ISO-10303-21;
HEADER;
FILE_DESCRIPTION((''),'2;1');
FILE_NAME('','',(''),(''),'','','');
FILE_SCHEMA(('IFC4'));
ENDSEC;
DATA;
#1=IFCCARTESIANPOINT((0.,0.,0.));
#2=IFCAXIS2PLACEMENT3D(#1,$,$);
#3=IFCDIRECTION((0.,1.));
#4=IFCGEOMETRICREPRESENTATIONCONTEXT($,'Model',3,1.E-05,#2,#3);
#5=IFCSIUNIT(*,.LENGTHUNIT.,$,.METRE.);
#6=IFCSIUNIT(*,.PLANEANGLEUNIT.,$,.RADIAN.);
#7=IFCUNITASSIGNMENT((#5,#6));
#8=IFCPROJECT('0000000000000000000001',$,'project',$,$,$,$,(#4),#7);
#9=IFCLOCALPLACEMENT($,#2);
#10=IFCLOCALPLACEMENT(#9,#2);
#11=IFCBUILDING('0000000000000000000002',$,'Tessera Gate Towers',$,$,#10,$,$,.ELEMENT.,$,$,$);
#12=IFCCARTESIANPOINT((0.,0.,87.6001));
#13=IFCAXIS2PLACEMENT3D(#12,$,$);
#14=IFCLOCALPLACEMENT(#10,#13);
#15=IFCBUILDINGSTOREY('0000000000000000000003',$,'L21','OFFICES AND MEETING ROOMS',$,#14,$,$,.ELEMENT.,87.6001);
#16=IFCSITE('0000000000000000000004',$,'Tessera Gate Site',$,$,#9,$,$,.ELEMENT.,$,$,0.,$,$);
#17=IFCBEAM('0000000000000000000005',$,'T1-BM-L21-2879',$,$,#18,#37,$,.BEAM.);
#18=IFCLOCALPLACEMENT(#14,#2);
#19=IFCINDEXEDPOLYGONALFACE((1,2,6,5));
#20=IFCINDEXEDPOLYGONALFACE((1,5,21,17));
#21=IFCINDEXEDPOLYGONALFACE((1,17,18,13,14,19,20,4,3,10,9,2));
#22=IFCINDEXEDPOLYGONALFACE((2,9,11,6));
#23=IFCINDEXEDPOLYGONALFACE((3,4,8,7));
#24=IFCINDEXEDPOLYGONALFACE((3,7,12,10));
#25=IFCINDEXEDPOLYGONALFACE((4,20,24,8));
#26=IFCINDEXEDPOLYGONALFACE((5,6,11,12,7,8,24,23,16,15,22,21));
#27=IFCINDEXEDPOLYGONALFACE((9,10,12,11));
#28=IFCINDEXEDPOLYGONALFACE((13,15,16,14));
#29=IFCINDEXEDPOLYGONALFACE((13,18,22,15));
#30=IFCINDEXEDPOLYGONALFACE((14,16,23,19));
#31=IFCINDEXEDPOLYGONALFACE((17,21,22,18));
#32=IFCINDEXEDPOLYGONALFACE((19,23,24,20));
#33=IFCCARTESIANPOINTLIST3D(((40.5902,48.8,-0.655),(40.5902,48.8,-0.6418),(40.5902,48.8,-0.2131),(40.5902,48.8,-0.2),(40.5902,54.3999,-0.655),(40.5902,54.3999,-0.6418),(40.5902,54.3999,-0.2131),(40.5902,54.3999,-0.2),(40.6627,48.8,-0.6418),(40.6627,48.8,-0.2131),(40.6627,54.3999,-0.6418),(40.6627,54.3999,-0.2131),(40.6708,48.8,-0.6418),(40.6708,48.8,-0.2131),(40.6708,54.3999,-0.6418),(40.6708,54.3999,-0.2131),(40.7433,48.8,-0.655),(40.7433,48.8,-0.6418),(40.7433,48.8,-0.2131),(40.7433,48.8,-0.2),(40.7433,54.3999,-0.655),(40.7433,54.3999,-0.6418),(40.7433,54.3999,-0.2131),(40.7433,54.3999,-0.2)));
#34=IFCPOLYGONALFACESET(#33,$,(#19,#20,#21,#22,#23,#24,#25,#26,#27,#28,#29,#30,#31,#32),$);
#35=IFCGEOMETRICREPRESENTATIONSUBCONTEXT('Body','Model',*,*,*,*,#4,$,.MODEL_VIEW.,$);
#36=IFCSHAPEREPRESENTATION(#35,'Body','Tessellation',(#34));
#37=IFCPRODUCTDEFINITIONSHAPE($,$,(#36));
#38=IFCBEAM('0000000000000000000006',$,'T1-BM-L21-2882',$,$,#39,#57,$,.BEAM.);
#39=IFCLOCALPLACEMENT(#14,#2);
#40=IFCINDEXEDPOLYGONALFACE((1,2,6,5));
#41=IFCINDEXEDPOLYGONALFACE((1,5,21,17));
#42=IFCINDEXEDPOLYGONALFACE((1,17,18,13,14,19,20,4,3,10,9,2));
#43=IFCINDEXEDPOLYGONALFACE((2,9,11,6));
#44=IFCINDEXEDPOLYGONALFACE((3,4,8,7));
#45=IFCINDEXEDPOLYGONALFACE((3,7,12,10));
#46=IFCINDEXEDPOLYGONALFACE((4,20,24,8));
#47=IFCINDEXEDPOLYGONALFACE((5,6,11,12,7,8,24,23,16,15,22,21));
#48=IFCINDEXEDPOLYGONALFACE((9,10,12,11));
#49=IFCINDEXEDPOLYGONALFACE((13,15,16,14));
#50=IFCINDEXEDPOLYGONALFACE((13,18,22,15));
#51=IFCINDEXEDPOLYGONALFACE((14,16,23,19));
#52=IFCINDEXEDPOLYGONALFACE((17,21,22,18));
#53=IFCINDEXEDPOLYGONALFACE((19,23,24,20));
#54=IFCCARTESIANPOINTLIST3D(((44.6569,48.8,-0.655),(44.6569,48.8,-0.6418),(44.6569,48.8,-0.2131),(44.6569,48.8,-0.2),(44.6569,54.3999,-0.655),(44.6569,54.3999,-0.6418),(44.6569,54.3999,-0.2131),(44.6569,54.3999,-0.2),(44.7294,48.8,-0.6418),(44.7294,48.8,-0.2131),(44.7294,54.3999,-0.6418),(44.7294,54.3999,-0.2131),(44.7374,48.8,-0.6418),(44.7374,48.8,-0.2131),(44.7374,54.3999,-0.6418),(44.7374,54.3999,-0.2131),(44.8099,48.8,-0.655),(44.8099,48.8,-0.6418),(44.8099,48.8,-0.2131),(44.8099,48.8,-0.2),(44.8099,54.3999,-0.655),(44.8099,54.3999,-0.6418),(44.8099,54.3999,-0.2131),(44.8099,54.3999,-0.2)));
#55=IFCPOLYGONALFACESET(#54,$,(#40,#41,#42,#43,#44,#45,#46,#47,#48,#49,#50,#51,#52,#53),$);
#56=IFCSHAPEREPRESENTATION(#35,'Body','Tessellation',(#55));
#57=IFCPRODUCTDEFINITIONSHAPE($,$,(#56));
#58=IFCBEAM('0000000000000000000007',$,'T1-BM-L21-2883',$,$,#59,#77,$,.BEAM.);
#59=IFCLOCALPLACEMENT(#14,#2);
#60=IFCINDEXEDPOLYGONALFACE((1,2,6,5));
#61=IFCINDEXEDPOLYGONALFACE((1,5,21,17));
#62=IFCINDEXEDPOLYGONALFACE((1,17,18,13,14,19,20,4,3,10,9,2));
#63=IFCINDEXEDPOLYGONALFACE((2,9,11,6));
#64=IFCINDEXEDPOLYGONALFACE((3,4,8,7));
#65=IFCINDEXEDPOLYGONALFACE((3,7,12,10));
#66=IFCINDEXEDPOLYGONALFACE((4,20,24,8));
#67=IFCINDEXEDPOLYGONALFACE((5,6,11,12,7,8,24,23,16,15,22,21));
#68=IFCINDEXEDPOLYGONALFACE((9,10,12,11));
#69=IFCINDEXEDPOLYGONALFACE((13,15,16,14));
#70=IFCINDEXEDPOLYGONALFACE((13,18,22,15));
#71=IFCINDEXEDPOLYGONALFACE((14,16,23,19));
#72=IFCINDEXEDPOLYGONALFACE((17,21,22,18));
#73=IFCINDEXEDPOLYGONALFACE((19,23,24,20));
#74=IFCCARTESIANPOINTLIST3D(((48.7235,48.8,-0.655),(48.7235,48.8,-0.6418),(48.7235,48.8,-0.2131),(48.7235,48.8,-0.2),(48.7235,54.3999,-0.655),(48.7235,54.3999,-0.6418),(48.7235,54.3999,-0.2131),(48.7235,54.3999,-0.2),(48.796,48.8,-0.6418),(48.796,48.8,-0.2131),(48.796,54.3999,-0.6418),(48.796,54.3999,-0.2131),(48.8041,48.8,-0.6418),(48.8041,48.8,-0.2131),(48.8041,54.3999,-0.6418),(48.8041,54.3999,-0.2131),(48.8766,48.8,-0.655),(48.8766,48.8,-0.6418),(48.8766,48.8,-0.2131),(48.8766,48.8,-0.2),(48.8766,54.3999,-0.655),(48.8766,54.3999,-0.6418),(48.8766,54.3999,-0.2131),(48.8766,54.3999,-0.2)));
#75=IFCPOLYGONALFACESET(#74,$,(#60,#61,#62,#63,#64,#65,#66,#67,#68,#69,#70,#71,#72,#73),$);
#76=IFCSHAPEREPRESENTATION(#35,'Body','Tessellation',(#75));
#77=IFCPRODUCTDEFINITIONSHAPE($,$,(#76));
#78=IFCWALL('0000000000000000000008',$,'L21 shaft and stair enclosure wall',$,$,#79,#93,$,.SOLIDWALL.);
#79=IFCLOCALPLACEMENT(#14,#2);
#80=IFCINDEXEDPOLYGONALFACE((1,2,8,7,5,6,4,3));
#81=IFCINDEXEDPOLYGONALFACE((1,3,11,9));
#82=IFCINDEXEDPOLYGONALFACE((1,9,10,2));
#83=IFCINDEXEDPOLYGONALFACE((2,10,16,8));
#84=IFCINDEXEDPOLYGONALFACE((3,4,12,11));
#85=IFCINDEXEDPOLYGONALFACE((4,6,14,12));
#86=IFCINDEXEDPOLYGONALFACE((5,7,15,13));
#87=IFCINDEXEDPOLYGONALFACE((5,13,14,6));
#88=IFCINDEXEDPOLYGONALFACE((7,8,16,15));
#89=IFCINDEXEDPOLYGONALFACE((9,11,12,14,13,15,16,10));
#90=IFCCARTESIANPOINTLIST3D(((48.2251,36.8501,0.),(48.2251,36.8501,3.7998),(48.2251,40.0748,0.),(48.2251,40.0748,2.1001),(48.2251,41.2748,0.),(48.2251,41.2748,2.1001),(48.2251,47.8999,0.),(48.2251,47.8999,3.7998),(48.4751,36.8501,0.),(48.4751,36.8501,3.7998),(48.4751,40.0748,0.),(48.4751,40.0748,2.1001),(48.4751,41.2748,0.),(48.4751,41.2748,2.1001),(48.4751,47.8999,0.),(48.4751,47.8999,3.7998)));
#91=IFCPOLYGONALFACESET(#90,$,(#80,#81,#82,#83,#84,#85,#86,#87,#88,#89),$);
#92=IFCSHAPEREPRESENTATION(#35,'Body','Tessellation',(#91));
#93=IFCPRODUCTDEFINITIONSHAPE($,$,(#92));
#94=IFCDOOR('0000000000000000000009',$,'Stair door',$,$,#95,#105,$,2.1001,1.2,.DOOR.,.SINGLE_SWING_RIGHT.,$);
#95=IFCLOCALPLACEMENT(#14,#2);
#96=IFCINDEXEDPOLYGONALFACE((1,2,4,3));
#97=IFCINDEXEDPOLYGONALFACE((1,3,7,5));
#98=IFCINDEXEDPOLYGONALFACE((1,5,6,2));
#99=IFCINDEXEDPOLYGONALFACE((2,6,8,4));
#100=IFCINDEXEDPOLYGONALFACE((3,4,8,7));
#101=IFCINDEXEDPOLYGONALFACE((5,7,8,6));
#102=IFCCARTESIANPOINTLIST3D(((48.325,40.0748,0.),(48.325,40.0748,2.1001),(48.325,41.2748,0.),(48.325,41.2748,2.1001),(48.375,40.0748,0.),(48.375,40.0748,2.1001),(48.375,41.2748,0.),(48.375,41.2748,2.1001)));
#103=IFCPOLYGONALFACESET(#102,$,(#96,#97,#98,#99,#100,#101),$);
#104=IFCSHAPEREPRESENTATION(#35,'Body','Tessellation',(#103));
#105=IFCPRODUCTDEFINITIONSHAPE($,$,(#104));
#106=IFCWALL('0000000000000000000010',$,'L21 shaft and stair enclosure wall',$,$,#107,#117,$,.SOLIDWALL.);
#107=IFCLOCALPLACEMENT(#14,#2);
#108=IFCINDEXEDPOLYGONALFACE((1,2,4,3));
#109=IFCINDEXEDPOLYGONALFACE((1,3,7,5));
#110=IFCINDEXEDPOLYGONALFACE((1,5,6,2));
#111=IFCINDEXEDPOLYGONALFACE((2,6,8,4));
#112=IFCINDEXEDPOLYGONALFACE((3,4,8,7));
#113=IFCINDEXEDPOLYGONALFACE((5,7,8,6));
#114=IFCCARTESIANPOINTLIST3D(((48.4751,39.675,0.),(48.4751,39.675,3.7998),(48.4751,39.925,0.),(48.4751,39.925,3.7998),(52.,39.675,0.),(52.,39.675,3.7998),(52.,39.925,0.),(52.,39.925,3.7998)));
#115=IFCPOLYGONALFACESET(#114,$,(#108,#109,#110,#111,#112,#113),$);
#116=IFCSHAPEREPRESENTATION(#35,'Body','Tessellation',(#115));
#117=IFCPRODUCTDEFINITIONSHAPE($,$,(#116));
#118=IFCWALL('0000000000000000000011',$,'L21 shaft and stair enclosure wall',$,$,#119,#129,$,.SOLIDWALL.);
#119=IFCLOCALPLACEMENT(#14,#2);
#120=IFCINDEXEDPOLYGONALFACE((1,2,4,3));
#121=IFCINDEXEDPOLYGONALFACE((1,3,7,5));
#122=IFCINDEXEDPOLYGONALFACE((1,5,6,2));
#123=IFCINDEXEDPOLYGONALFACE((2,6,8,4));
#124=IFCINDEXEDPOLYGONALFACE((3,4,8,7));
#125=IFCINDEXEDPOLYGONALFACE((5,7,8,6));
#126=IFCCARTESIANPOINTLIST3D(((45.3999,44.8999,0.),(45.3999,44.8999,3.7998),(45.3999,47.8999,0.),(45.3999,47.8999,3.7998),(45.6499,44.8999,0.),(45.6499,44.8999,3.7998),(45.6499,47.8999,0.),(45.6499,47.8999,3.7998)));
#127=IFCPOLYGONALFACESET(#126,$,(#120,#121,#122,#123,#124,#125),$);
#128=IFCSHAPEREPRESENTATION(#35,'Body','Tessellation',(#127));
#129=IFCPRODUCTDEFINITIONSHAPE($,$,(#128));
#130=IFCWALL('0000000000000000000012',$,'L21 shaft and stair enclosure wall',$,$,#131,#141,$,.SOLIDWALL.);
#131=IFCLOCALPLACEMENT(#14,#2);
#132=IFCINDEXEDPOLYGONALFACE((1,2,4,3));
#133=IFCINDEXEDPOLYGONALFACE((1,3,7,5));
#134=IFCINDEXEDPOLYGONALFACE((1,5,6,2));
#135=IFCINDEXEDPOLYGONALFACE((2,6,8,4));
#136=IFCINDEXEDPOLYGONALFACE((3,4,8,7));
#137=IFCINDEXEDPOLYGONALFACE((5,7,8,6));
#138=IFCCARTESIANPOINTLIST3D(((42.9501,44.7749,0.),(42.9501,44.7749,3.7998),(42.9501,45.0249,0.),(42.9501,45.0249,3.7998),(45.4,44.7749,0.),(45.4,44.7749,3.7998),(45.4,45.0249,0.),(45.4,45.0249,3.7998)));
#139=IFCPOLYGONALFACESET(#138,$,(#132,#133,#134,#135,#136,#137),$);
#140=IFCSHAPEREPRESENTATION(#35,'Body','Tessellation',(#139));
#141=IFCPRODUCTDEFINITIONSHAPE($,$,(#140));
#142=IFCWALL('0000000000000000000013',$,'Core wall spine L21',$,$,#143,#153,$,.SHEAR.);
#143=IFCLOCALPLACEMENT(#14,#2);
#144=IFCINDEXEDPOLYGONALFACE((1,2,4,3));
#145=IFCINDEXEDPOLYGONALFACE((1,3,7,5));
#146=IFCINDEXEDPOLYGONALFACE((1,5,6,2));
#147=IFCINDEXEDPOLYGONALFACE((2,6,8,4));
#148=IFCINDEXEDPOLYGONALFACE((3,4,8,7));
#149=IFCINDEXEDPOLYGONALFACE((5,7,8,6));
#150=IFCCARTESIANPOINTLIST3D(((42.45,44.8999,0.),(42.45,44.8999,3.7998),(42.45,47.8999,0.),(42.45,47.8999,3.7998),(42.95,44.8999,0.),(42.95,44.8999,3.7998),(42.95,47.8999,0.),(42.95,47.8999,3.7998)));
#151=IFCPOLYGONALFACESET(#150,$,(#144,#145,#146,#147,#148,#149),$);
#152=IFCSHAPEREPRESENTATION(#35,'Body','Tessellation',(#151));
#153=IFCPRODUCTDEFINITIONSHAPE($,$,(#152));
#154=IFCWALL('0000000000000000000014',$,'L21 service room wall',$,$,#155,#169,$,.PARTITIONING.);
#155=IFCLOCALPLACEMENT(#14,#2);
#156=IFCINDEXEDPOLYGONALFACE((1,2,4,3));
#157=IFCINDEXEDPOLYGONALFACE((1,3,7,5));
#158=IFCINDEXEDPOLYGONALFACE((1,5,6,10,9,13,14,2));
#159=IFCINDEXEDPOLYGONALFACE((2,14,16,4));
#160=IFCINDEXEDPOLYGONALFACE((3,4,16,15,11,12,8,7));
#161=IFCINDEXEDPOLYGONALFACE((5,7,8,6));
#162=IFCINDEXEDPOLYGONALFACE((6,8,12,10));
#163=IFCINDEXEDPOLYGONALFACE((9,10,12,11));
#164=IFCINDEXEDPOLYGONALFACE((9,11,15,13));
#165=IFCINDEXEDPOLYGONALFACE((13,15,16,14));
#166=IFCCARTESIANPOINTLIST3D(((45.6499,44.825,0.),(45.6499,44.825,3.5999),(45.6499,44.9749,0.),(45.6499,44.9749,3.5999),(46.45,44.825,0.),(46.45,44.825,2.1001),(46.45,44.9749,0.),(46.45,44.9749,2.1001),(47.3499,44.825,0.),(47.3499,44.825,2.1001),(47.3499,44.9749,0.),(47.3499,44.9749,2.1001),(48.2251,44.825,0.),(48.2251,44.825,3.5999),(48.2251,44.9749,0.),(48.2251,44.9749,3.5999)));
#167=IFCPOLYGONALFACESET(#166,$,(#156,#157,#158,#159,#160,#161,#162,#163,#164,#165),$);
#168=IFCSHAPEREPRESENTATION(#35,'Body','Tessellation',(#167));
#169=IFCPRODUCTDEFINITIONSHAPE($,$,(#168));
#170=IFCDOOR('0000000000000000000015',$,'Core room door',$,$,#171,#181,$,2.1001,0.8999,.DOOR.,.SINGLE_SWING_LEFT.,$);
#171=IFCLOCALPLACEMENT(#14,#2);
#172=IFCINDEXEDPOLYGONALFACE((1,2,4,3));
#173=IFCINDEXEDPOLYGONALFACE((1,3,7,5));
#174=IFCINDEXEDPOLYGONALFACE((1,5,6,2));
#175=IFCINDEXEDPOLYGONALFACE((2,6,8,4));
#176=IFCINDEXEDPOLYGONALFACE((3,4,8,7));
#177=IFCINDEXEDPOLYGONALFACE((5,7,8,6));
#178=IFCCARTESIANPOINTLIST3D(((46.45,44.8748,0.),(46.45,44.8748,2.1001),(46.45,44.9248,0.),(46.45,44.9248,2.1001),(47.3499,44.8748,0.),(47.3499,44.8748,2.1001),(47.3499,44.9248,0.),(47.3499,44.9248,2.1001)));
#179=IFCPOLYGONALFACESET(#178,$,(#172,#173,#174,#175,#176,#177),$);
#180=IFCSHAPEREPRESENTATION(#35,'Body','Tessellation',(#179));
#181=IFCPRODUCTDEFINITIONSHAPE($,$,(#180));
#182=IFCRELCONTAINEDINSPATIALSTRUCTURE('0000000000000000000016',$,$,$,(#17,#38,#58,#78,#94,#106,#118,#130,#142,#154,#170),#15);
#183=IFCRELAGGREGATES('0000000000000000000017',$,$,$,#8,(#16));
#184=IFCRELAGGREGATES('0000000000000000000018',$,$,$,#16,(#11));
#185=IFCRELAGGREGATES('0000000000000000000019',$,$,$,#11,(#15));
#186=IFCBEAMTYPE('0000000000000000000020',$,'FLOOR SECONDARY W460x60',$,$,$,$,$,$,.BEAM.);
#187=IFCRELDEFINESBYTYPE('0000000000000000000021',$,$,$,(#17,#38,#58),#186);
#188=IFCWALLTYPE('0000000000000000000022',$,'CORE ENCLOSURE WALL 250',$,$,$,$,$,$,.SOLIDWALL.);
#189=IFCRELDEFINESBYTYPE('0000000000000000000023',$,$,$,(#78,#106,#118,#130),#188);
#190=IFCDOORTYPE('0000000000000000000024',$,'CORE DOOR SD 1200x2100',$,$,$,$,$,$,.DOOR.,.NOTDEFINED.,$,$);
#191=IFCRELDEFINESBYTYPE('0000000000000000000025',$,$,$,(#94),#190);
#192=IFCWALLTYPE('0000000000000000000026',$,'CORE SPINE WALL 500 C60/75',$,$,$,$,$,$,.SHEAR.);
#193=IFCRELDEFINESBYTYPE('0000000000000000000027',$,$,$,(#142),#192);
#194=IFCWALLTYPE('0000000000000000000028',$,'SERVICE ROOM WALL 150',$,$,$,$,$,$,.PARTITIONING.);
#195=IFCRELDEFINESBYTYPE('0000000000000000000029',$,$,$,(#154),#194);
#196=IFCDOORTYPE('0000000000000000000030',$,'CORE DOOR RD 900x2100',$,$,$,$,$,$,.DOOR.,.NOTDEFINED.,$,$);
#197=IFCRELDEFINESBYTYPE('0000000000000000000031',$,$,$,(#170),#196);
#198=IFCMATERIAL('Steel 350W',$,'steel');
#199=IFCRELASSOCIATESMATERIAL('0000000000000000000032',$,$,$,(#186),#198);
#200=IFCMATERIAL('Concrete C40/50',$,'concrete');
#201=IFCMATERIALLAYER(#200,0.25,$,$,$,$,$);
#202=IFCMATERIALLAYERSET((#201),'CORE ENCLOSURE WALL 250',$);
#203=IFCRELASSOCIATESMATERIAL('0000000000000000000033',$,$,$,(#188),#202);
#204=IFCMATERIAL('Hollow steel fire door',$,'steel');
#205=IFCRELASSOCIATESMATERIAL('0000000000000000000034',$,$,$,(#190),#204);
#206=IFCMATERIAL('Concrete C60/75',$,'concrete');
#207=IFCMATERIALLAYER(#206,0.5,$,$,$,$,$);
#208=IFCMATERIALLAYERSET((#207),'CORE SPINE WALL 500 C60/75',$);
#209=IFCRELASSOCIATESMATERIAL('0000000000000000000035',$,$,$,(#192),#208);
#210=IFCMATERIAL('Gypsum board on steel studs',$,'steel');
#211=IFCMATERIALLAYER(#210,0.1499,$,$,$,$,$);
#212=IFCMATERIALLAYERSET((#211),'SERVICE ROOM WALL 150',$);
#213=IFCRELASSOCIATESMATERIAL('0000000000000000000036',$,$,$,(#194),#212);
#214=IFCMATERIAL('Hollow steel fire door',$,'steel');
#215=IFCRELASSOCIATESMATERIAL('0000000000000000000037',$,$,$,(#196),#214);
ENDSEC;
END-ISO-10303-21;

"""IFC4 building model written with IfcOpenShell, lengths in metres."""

from ifc_helpers import new_model, si_unit, direction, frame, frame_2d, origin, origin_2d, place, context, subcontext, project, spatial, rectangle, i_section, extrude, source, transform, mapped, material, layer, layer_set, material_profile, profile_set, type_object, element, fill, save


model = new_model("IFC4")

# Units and contexts
model_context = context("Model", 3, precision=1e-05, world=origin(), true_north=direction((0.0, 1.0)))
body_context = subcontext(model_context, "Body", "Model", "MODEL_VIEW")
ifc_project = project(units=[si_unit("LENGTHUNIT", "METRE"), si_unit("PLANEANGLEUNIT", "RADIAN")], contexts=[model_context])

# Site, building, storey
site_placement = place(None, origin())
site = spatial("IfcSite", under=ifc_project, at=site_placement, Name="Tessera Gate Site", CompositionType="ELEMENT", RefElevation=0.0)
building_placement = place(site_placement, origin())
building = spatial("IfcBuilding", under=site, at=building_placement, Name="Tessera Gate Towers", CompositionType="ELEMENT")
storey_placement = place(building_placement, frame((0.0, 0.0, 87.6001)))
storey = spatial("IfcBuildingStorey", under=building, at=storey_placement, Name="L21", Description="OFFICES AND MEETING ROOMS", CompositionType="ELEMENT", Elevation=87.6001)

# Beams
ifc_material_1 = material(Name="Steel 350W", Category="steel")
ifc_material_profile = material_profile(ifc_material_1, i_section(OverallWidth=0.1531, OverallDepth=0.4551, WebThickness=0.0081, FlangeThickness=0.0132, at=origin_2d()), Name="W460x60")
ifc_profile_set = profile_set([ifc_material_profile], Name="Steel 350W")
beam_type = type_object("IfcBeamType", Name="FLOOR SECONDARY W460x60", PredefinedType="BEAM", material=ifc_profile_set)
for number, where, z_axis, x_axis, name in (
    (1, (40.6667, 48.8, -0.4275), (0.0, 1.0, 0.0), (-1.0, 0.0, 0.0), "T1-BM-L21-2879"),
    (2, (44.7334, 48.8, -0.4275), (0.0, 1.0, 0.0), (-1.0, 0.0, 0.0), "T1-BM-L21-2882"),
    (3, (48.8, 48.8, -0.4275), (0.0, 1.0, 0.0), (-1.0, 0.0, 0.0), "T1-BM-L21-2883"),
):
    element("IfcBeam", number, at=place(storey_placement, frame(where, z_axis=z_axis, x_axis=x_axis)), inside=storey, type_object=beam_type, Name=name, PredefinedType="BEAM", context=body_context, shape_type="SweptSolid", body=[
        extrude(i_section(OverallWidth=0.1531, OverallDepth=0.4551, WebThickness=0.0081, FlangeThickness=0.0132, at=origin_2d()), origin(), (0.0, 0.0, 1.0), 5.5999),
    ])

# Wall, opening, door
ifc_material_2 = material(Name="Concrete C40/50", Category="concrete")
ifc_layer_1 = layer(ifc_material_2, 0.25)
ifc_layer_set_1 = layer_set([ifc_layer_1], Name="CORE ENCLOSURE WALL 250")
wall_type_1 = type_object("IfcWallType", Name="CORE ENCLOSURE WALL 250", PredefinedType="SOLIDWALL", material=ifc_layer_set_1)
wall_1_placement = place(storey_placement, frame((48.3501, 47.8999, 0.0), z_axis=(0.0, 0.0, 1.0), x_axis=(0.0, -1.0, 0.0)))
wall_1 = element("IfcWall", 4, at=wall_1_placement, inside=storey, type_object=wall_type_1, Name="L21 shaft and stair enclosure wall", PredefinedType="SOLIDWALL", context=body_context, shape_type="SweptSolid", body=[
    extrude(rectangle(XDim=11.0498, YDim=0.25, at=frame_2d((5.5249, 0.0))), origin(), (0.0, 0.0, 1.0), 3.7998),
])
shared_shape_1 = source(origin(), body_context, "Body", "SweptSolid", [
    extrude(rectangle(XDim=1.2, YDim=2.1001, at=frame_2d((0.6001, 1.05))), frame((0.0, 0.135, 0.0), z_axis=(0.0, -1.0, 0.0), x_axis=(1.0, 0.0, 0.0)), (0.0, 0.0, 1.0), 0.27),
])
opening_1_placement = place(wall_1_placement, frame((6.625, 0.0, 0.0)))
opening_1 = element("IfcOpeningElement", 5, at=opening_1_placement, cuts=wall_1, PredefinedType="OPENING", context=body_context, shape_type="MappedRepresentation", body=[
    mapped(shared_shape_1, transform((0.0, 0.0, 0.0), scale=1.0)),
])
ifc_material_3 = material(Name="Hollow steel fire door", Category="steel")
door_type_1 = type_object("IfcDoorType", Name="CORE DOOR SD 1200x2100", OperationType="NOTDEFINED", PredefinedType="DOOR", material=ifc_material_3)
shared_shape_2 = source(origin(), body_context, "Body", "SweptSolid", [
    extrude(rectangle(XDim=1.2, YDim=2.1001, at=frame_2d((0.6001, 1.05))), frame((0.0, 0.0249, 0.0), z_axis=(0.0, -1.0, 0.0), x_axis=(1.0, 0.0, 0.0)), (0.0, 0.0, 1.0), 0.05),
])
door_1_placement = place(opening_1_placement, origin())
door_1 = element("IfcDoor", 6, at=door_1_placement, inside=storey, type_object=door_type_1, Name="Stair door", OperationType="SINGLE_SWING_RIGHT", OverallHeight=2.1001, OverallWidth=1.2, PredefinedType="DOOR", context=body_context, shape_type="MappedRepresentation", body=[
    mapped(shared_shape_2, transform((0.0, 0.0, 0.0), scale=1.0)),
])
fill(opening_1, door_1)

# Walls
wall_2_placement = place(storey_placement, frame((48.4751, 39.8, 0.0), z_axis=(0.0, 0.0, 1.0), x_axis=(1.0, 0.0, 0.0)))
element("IfcWall", 7, at=wall_2_placement, inside=storey, type_object=wall_type_1, Name="L21 shaft and stair enclosure wall", PredefinedType="SOLIDWALL", context=body_context, shape_type="SweptSolid", body=[
    extrude(rectangle(XDim=3.5249, YDim=0.25, at=frame_2d((1.7625, 0.0))), origin(), (0.0, 0.0, 1.0), 3.7998),
])
wall_3_placement = place(storey_placement, frame((45.5249, 44.8999, 0.0), z_axis=(0.0, 0.0, 1.0), x_axis=(0.0, 1.0, 0.0)))
element("IfcWall", 8, at=wall_3_placement, inside=storey, type_object=wall_type_1, Name="L21 shaft and stair enclosure wall", PredefinedType="SOLIDWALL", context=body_context, shape_type="SweptSolid", body=[
    extrude(rectangle(XDim=3.0, YDim=0.25, at=frame_2d((1.5, 0.0))), origin(), (0.0, 0.0, 1.0), 3.7998),
])
wall_4_placement = place(storey_placement, frame((42.95, 44.8999, 0.0), z_axis=(0.0, 0.0, 1.0), x_axis=(1.0, 0.0, 0.0)))
element("IfcWall", 9, at=wall_4_placement, inside=storey, type_object=wall_type_1, Name="L21 shaft and stair enclosure wall", PredefinedType="SOLIDWALL", context=body_context, shape_type="SweptSolid", body=[
    extrude(rectangle(XDim=2.45, YDim=0.25, at=frame_2d((1.2251, 0.0))), origin(), (0.0, 0.0, 1.0), 3.7998),
])
ifc_material_4 = material(Name="Concrete C60/75", Category="concrete")
ifc_layer_2 = layer(ifc_material_4, 0.5)
ifc_layer_set_2 = layer_set([ifc_layer_2], Name="CORE SPINE WALL 500 C60/75")
wall_type_2 = type_object("IfcWallType", Name="CORE SPINE WALL 500 C60/75", PredefinedType="SHEAR", material=ifc_layer_set_2)
wall_5_placement = place(storey_placement, frame((42.7, 44.8999, 0.0), z_axis=(0.0, 0.0, 1.0), x_axis=(0.0, 1.0, 0.0)))
element("IfcWall", 10, at=wall_5_placement, inside=storey, type_object=wall_type_2, Name="Core wall spine L21", PredefinedType="SHEAR", context=body_context, shape_type="SweptSolid", body=[
    extrude(rectangle(XDim=3.0, YDim=0.5, at=frame_2d((1.5, 0.0))), origin(), (0.0, 0.0, 1.0), 3.7998),
])

# Wall, opening, door
ifc_material_5 = material(Name="Gypsum board on steel studs", Category="steel")
ifc_layer_3 = layer(ifc_material_5, 0.1499)
ifc_layer_set_3 = layer_set([ifc_layer_3], Name="SERVICE ROOM WALL 150")
wall_type_3 = type_object("IfcWallType", Name="SERVICE ROOM WALL 150", PredefinedType="PARTITIONING", material=ifc_layer_set_3)
wall_6_placement = place(storey_placement, frame((45.6499, 44.8999, 0.0), z_axis=(0.0, 0.0, 1.0), x_axis=(1.0, 0.0, 0.0)))
wall_6 = element("IfcWall", 11, at=wall_6_placement, inside=storey, type_object=wall_type_3, Name="L21 service room wall", PredefinedType="PARTITIONING", context=body_context, shape_type="SweptSolid", body=[
    extrude(rectangle(XDim=2.5752, YDim=0.1499, at=frame_2d((1.2876, 0.0))), origin(), (0.0, 0.0, 1.0), 3.5999),
])
shared_shape_3 = source(origin(), body_context, "Body", "SweptSolid", [
    extrude(rectangle(XDim=0.8999, YDim=2.1001, at=frame_2d((0.45, 1.05))), frame((0.0, 0.085, 0.0), z_axis=(0.0, -1.0, 0.0), x_axis=(1.0, 0.0, 0.0)), (0.0, 0.0, 1.0), 0.1699),
])
opening_2_placement = place(wall_6_placement, frame((0.8, 0.0, 0.0)))
opening_2 = element("IfcOpeningElement", 12, at=opening_2_placement, cuts=wall_6, PredefinedType="OPENING", context=body_context, shape_type="MappedRepresentation", body=[
    mapped(shared_shape_3, transform((0.0, 0.0, 0.0), scale=1.0)),
])
ifc_material_6 = material(Name="Hollow steel fire door", Category="steel")
door_type_2 = type_object("IfcDoorType", Name="CORE DOOR RD 900x2100", OperationType="NOTDEFINED", PredefinedType="DOOR", material=ifc_material_6)
shared_shape_4 = source(origin(), body_context, "Body", "SweptSolid", [
    extrude(rectangle(XDim=0.8999, YDim=2.1001, at=frame_2d((0.45, 1.05))), frame((0.0, 0.0249, 0.0), z_axis=(0.0, -1.0, 0.0), x_axis=(1.0, 0.0, 0.0)), (0.0, 0.0, 1.0), 0.05),
])
door_2_placement = place(opening_2_placement, origin())
door_2 = element("IfcDoor", 13, at=door_2_placement, inside=storey, type_object=door_type_2, Name="Core room door", OperationType="SINGLE_SWING_LEFT", OverallHeight=2.1001, OverallWidth=0.8999, PredefinedType="DOOR", context=body_context, shape_type="MappedRepresentation", body=[
    mapped(shared_shape_4, transform((0.0, 0.0, 0.0), scale=1.0)),
])
fill(opening_2, door_2)

save(model, "model.ifc")
